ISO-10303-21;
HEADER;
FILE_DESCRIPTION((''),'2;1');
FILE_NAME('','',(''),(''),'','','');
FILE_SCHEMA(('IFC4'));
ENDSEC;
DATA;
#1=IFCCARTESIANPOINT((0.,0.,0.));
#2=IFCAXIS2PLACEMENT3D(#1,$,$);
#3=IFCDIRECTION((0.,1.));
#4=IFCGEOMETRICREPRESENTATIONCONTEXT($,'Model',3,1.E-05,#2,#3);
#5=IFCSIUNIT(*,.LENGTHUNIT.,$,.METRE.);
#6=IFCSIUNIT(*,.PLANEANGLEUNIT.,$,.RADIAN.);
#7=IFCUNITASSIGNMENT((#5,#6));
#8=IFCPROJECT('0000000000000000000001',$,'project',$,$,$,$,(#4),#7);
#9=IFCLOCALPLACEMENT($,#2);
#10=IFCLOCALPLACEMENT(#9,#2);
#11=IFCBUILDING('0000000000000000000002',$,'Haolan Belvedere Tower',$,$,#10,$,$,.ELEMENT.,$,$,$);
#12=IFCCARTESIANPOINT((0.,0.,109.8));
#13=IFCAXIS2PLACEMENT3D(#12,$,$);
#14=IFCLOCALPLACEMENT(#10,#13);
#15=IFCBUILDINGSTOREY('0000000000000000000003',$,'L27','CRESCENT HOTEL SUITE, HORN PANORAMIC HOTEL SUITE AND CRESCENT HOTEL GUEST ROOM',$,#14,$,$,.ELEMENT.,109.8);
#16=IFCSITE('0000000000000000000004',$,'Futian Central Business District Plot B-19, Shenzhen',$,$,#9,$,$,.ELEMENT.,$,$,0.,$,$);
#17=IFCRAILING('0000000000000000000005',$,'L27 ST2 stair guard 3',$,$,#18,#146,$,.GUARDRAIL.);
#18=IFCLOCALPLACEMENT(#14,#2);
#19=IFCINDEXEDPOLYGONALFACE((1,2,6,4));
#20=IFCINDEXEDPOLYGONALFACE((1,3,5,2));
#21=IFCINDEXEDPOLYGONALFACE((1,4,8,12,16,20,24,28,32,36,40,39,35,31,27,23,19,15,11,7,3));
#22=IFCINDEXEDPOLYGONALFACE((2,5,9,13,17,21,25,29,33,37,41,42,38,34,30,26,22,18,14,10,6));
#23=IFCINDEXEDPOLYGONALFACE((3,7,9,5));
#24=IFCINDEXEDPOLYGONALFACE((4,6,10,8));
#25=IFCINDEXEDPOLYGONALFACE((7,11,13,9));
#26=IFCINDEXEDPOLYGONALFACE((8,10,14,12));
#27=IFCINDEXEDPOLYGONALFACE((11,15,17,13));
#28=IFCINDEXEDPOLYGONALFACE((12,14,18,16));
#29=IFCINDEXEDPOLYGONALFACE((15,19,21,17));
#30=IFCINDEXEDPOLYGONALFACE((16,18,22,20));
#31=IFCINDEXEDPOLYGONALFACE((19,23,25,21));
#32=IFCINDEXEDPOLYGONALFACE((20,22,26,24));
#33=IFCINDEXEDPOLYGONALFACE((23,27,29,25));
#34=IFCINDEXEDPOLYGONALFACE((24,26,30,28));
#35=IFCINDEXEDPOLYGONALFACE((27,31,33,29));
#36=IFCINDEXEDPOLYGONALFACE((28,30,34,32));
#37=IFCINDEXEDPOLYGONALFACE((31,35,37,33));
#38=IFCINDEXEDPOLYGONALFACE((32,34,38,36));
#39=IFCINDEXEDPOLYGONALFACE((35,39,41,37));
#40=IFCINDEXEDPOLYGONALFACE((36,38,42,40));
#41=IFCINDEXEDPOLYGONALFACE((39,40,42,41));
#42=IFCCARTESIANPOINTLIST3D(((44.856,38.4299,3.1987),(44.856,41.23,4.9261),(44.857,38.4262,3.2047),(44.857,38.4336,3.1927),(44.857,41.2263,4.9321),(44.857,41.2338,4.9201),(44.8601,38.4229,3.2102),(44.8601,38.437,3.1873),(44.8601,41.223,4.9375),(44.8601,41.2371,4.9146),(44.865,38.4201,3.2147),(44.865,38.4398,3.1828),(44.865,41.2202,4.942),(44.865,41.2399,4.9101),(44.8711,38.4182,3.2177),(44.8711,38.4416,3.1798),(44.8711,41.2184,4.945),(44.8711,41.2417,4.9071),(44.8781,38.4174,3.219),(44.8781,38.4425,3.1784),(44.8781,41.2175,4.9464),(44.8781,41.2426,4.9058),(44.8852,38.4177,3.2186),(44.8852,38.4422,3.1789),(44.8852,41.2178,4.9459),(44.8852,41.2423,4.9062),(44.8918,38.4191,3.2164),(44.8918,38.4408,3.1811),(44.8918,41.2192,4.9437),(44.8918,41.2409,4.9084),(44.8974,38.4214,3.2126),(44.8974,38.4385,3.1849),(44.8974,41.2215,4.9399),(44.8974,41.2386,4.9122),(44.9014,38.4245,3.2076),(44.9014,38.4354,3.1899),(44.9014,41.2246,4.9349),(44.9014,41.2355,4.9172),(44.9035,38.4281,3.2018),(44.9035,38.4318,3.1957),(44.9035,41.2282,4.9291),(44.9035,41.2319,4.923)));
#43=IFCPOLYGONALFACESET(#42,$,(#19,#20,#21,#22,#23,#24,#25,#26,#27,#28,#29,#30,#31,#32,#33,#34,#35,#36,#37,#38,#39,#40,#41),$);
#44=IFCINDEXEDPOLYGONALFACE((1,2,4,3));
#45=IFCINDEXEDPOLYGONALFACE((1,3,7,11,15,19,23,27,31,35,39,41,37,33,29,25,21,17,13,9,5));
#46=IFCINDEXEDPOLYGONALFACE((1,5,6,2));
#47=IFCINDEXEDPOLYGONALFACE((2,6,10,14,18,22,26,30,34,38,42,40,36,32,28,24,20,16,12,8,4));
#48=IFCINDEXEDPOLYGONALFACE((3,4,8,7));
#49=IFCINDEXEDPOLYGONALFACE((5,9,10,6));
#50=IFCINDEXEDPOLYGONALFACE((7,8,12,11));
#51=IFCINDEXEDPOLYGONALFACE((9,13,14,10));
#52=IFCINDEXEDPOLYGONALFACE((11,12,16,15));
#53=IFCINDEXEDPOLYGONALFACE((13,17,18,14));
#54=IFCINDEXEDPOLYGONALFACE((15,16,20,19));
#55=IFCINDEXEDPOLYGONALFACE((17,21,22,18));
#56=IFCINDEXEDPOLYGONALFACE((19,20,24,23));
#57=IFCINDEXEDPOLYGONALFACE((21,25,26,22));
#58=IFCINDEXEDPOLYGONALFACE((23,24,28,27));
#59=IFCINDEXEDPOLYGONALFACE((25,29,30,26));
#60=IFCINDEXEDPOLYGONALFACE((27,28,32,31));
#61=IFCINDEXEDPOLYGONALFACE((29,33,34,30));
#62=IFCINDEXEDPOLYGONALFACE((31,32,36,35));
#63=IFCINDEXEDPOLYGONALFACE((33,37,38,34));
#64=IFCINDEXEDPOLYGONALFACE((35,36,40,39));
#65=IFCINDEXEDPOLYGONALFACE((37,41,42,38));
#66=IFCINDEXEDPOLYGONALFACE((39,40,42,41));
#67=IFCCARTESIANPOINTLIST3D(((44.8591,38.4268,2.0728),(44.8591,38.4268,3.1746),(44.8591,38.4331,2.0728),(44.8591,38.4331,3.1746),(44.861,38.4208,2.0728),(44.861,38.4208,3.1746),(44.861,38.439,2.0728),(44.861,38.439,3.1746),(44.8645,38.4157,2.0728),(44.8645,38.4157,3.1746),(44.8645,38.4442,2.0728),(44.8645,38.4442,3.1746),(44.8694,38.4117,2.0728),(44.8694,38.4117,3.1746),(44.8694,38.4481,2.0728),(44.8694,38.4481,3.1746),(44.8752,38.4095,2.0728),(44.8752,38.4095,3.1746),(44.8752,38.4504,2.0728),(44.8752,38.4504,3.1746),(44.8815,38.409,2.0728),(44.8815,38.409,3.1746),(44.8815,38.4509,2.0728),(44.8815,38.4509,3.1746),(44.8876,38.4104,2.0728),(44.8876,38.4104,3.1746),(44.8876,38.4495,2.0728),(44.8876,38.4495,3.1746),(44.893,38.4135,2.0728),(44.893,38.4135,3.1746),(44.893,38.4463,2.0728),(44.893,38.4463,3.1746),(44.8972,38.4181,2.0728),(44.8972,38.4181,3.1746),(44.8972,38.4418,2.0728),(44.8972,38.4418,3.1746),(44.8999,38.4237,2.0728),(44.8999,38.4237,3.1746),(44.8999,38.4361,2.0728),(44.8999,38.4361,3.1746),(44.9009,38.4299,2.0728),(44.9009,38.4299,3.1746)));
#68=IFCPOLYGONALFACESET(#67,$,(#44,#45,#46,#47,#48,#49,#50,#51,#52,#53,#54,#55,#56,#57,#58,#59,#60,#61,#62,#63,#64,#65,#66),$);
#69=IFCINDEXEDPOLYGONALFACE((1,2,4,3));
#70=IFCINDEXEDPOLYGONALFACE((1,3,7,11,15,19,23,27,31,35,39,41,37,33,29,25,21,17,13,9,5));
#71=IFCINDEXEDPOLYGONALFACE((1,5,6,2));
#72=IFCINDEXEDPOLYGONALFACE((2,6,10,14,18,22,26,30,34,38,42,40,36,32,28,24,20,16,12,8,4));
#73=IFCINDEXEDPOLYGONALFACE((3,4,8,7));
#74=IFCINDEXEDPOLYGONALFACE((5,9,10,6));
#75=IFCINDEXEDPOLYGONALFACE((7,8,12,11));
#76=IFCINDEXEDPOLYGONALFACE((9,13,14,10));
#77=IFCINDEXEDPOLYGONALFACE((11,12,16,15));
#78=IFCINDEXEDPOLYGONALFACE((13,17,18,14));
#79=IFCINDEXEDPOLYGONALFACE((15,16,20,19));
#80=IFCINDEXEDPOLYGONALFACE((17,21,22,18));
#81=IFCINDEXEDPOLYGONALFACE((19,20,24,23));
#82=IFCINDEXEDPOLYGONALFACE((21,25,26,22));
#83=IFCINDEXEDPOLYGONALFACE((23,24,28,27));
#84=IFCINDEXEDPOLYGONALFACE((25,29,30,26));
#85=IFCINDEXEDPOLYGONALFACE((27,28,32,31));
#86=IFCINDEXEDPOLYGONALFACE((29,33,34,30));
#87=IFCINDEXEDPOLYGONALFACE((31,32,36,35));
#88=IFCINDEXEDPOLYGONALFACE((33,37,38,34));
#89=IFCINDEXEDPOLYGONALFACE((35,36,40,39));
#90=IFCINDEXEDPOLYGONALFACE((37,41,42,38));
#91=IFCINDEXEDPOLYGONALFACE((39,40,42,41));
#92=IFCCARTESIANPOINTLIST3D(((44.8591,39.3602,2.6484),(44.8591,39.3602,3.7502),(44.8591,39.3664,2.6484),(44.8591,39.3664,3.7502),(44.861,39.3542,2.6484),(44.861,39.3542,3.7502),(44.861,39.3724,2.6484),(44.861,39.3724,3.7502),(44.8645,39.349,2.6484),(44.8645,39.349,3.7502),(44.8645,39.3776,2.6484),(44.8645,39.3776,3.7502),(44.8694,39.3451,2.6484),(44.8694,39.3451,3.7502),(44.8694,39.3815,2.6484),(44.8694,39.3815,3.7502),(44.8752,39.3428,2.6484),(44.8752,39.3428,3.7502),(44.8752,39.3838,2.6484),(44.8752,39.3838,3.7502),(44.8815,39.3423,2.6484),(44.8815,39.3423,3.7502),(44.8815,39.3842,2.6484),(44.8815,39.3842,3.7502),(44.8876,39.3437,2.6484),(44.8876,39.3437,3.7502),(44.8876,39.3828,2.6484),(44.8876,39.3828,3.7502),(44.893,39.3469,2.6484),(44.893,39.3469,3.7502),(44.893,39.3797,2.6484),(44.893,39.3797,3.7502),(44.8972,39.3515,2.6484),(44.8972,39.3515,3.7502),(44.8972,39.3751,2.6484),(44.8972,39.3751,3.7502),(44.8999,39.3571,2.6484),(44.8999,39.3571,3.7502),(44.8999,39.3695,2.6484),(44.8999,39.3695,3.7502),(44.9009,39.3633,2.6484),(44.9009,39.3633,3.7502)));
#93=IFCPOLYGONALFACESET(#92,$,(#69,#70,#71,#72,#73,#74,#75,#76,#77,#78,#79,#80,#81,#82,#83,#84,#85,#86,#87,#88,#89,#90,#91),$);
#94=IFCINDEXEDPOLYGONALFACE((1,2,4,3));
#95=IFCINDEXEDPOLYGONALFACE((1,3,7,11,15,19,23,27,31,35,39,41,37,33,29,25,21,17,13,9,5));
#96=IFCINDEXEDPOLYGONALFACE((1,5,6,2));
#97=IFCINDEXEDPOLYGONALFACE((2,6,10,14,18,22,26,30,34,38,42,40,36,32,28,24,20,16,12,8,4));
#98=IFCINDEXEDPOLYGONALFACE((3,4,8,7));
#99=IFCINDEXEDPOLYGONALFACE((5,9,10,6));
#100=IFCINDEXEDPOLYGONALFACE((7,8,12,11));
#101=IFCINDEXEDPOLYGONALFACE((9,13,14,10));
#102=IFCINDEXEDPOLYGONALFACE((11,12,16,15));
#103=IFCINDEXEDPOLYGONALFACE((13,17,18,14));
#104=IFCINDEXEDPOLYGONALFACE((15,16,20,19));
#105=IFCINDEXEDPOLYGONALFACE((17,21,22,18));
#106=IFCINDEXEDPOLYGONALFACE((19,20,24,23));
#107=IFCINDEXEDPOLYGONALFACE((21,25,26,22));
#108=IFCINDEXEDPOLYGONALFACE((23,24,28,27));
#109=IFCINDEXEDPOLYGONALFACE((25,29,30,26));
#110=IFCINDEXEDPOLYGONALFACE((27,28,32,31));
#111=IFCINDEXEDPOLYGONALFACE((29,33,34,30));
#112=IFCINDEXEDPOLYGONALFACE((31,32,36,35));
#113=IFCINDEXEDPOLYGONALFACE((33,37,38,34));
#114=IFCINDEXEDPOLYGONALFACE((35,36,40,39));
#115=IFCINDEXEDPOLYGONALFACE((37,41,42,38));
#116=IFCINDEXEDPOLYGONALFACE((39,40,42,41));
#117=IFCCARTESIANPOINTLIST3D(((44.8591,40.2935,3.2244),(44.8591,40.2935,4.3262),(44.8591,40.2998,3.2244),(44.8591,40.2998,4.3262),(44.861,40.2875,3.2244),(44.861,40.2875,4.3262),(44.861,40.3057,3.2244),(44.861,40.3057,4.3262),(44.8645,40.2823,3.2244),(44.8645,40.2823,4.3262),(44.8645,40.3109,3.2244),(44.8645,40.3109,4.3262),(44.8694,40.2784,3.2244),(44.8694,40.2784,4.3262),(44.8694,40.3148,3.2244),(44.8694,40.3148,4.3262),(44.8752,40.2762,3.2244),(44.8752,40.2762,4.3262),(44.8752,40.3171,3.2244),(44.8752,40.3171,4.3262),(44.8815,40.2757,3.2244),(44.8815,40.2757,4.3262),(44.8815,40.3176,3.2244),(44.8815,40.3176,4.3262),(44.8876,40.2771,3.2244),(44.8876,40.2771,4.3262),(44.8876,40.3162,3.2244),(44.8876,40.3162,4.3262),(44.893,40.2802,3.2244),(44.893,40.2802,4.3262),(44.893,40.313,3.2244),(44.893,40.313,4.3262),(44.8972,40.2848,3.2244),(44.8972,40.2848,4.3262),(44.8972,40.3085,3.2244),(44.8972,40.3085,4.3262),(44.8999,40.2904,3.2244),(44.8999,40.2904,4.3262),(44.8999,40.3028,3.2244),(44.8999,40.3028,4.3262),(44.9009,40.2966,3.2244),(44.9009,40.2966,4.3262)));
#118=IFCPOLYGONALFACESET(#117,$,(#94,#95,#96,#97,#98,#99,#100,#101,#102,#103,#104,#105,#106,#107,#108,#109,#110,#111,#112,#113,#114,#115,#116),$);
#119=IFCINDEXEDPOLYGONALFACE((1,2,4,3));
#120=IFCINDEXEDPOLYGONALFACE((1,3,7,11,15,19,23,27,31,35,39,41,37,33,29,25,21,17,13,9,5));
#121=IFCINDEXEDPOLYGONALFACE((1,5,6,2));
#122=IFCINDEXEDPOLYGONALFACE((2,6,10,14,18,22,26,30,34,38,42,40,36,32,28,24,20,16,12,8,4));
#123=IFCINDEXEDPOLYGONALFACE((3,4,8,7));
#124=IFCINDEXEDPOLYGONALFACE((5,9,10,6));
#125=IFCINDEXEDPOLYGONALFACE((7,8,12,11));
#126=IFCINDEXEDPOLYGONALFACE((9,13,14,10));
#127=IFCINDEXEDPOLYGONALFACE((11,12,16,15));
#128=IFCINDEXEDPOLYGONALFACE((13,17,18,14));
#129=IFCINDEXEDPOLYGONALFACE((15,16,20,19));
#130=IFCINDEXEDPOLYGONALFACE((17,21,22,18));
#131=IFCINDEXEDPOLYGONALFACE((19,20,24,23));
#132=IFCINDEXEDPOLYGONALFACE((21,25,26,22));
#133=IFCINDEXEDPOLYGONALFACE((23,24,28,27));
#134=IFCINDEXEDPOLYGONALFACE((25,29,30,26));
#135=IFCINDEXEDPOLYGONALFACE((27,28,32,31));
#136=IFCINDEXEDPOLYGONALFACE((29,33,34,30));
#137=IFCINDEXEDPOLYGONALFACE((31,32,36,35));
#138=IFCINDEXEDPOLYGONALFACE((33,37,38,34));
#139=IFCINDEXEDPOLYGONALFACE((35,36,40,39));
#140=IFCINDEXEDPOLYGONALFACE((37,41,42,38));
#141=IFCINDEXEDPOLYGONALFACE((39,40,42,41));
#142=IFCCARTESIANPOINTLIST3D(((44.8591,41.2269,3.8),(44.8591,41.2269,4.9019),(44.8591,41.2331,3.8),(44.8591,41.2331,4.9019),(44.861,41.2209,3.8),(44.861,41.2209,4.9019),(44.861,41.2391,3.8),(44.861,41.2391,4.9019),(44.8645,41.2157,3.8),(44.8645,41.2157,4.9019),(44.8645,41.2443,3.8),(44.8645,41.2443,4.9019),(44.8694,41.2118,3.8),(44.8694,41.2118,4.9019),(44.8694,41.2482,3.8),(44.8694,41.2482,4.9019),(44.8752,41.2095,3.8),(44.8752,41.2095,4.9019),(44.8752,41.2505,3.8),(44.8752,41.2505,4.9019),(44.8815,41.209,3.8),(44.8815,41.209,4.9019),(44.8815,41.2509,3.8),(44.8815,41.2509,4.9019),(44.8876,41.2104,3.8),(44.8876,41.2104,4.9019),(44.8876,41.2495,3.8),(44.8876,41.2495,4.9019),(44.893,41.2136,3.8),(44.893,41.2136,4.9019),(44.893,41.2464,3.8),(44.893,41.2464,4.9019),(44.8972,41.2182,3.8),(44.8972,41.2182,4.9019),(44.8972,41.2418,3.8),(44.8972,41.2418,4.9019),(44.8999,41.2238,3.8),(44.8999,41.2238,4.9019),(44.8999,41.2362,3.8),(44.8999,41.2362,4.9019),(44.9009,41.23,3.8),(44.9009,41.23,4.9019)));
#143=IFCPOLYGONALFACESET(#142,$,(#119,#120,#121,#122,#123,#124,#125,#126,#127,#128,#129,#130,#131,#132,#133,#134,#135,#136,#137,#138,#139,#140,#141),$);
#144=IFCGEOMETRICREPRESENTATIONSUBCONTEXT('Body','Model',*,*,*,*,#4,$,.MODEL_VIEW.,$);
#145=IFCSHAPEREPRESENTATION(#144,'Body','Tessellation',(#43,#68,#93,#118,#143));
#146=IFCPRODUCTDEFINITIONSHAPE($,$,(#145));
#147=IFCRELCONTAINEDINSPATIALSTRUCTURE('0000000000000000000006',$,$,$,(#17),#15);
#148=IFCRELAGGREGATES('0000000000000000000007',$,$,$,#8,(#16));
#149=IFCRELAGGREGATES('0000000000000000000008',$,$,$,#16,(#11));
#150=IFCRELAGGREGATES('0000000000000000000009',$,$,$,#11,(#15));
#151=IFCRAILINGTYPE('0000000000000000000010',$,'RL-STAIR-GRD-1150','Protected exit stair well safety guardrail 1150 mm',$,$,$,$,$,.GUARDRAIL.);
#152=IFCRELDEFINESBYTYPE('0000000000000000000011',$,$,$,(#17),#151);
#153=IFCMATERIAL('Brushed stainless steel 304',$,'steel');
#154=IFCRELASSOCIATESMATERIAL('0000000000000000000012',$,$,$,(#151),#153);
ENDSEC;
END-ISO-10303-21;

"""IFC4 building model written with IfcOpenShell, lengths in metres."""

from ifc_helpers import new_model, si_unit, direction, frame, origin, origin_2d, place, context, subcontext, project, spatial, circle, extrude, material, type_object, element, save


model = new_model("IFC4")

# Units and contexts
model_context = context("Model", 3, precision=1e-05, world=origin(), true_north=direction((0.0, 1.0)))
body_context = subcontext(model_context, "Body", "Model", "MODEL_VIEW")
ifc_project = project(units=[si_unit("LENGTHUNIT", "METRE"), si_unit("PLANEANGLEUNIT", "RADIAN")], contexts=[model_context])

# Site, building, storey
site_placement = place(None, origin())
site = spatial("IfcSite", under=ifc_project, at=site_placement, Name="Futian Central Business District Plot B-19, Shenzhen", CompositionType="ELEMENT", RefElevation=0.0)
building_placement = place(site_placement, origin())
building = spatial("IfcBuilding", under=site, at=building_placement, Name="Haolan Belvedere Tower", CompositionType="ELEMENT")
storey_placement = place(building_placement, frame((0.0, 0.0, 109.8)))
storey = spatial("IfcBuildingStorey", under=building, at=storey_placement, Name="L27", Description="CRESCENT HOTEL SUITE, HORN PANORAMIC HOTEL SUITE AND CRESCENT HOTEL GUEST ROOM", CompositionType="ELEMENT", Elevation=109.8)

# Railing
ifc_material_1 = material(Name="Brushed stainless steel 304", Category="steel")
railing_type_1 = type_object("IfcRailingType", Name="RL-STAIR-GRD-1150", Description="Protected exit stair well safety guardrail 1150 mm", PredefinedType="GUARDRAIL", material=ifc_material_1)
railing_1_placement = place(storey_placement, frame((44.8799, 38.4299, 2.0728)))
element("IfcRailing", 1, at=railing_1_placement, inside=storey, type_object=railing_type_1, Name="L27 ST2 stair guard 3", PredefinedType="GUARDRAIL", context=body_context, shape_type="SweptSolid", body=[
    extrude(circle(Radius=0.0239, at=origin_2d()), frame((0.0, 0.0, 1.126), z_axis=(0.0, 0.85109, 0.52502), x_axis=(-1.0, 0.0, 0.0)), (0.0, 0.0, 1.0), 3.29),
    extrude(circle(Radius=0.021, at=origin_2d()), origin(), (0.0, 0.0, 1.0), 1.1018),
    extrude(circle(Radius=0.021, at=origin_2d()), frame((0.0, 0.9333, 0.5757)), (0.0, 0.0, 1.0), 1.1018),
    extrude(circle(Radius=0.021, at=origin_2d()), frame((0.0, 1.8667, 1.1516)), (0.0, 0.0, 1.0), 1.1018),
    extrude(circle(Radius=0.021, at=origin_2d()), frame((0.0, 2.8, 1.7273)), (0.0, 0.0, 1.0), 1.1018),
])

save(model, "model.ifc")
